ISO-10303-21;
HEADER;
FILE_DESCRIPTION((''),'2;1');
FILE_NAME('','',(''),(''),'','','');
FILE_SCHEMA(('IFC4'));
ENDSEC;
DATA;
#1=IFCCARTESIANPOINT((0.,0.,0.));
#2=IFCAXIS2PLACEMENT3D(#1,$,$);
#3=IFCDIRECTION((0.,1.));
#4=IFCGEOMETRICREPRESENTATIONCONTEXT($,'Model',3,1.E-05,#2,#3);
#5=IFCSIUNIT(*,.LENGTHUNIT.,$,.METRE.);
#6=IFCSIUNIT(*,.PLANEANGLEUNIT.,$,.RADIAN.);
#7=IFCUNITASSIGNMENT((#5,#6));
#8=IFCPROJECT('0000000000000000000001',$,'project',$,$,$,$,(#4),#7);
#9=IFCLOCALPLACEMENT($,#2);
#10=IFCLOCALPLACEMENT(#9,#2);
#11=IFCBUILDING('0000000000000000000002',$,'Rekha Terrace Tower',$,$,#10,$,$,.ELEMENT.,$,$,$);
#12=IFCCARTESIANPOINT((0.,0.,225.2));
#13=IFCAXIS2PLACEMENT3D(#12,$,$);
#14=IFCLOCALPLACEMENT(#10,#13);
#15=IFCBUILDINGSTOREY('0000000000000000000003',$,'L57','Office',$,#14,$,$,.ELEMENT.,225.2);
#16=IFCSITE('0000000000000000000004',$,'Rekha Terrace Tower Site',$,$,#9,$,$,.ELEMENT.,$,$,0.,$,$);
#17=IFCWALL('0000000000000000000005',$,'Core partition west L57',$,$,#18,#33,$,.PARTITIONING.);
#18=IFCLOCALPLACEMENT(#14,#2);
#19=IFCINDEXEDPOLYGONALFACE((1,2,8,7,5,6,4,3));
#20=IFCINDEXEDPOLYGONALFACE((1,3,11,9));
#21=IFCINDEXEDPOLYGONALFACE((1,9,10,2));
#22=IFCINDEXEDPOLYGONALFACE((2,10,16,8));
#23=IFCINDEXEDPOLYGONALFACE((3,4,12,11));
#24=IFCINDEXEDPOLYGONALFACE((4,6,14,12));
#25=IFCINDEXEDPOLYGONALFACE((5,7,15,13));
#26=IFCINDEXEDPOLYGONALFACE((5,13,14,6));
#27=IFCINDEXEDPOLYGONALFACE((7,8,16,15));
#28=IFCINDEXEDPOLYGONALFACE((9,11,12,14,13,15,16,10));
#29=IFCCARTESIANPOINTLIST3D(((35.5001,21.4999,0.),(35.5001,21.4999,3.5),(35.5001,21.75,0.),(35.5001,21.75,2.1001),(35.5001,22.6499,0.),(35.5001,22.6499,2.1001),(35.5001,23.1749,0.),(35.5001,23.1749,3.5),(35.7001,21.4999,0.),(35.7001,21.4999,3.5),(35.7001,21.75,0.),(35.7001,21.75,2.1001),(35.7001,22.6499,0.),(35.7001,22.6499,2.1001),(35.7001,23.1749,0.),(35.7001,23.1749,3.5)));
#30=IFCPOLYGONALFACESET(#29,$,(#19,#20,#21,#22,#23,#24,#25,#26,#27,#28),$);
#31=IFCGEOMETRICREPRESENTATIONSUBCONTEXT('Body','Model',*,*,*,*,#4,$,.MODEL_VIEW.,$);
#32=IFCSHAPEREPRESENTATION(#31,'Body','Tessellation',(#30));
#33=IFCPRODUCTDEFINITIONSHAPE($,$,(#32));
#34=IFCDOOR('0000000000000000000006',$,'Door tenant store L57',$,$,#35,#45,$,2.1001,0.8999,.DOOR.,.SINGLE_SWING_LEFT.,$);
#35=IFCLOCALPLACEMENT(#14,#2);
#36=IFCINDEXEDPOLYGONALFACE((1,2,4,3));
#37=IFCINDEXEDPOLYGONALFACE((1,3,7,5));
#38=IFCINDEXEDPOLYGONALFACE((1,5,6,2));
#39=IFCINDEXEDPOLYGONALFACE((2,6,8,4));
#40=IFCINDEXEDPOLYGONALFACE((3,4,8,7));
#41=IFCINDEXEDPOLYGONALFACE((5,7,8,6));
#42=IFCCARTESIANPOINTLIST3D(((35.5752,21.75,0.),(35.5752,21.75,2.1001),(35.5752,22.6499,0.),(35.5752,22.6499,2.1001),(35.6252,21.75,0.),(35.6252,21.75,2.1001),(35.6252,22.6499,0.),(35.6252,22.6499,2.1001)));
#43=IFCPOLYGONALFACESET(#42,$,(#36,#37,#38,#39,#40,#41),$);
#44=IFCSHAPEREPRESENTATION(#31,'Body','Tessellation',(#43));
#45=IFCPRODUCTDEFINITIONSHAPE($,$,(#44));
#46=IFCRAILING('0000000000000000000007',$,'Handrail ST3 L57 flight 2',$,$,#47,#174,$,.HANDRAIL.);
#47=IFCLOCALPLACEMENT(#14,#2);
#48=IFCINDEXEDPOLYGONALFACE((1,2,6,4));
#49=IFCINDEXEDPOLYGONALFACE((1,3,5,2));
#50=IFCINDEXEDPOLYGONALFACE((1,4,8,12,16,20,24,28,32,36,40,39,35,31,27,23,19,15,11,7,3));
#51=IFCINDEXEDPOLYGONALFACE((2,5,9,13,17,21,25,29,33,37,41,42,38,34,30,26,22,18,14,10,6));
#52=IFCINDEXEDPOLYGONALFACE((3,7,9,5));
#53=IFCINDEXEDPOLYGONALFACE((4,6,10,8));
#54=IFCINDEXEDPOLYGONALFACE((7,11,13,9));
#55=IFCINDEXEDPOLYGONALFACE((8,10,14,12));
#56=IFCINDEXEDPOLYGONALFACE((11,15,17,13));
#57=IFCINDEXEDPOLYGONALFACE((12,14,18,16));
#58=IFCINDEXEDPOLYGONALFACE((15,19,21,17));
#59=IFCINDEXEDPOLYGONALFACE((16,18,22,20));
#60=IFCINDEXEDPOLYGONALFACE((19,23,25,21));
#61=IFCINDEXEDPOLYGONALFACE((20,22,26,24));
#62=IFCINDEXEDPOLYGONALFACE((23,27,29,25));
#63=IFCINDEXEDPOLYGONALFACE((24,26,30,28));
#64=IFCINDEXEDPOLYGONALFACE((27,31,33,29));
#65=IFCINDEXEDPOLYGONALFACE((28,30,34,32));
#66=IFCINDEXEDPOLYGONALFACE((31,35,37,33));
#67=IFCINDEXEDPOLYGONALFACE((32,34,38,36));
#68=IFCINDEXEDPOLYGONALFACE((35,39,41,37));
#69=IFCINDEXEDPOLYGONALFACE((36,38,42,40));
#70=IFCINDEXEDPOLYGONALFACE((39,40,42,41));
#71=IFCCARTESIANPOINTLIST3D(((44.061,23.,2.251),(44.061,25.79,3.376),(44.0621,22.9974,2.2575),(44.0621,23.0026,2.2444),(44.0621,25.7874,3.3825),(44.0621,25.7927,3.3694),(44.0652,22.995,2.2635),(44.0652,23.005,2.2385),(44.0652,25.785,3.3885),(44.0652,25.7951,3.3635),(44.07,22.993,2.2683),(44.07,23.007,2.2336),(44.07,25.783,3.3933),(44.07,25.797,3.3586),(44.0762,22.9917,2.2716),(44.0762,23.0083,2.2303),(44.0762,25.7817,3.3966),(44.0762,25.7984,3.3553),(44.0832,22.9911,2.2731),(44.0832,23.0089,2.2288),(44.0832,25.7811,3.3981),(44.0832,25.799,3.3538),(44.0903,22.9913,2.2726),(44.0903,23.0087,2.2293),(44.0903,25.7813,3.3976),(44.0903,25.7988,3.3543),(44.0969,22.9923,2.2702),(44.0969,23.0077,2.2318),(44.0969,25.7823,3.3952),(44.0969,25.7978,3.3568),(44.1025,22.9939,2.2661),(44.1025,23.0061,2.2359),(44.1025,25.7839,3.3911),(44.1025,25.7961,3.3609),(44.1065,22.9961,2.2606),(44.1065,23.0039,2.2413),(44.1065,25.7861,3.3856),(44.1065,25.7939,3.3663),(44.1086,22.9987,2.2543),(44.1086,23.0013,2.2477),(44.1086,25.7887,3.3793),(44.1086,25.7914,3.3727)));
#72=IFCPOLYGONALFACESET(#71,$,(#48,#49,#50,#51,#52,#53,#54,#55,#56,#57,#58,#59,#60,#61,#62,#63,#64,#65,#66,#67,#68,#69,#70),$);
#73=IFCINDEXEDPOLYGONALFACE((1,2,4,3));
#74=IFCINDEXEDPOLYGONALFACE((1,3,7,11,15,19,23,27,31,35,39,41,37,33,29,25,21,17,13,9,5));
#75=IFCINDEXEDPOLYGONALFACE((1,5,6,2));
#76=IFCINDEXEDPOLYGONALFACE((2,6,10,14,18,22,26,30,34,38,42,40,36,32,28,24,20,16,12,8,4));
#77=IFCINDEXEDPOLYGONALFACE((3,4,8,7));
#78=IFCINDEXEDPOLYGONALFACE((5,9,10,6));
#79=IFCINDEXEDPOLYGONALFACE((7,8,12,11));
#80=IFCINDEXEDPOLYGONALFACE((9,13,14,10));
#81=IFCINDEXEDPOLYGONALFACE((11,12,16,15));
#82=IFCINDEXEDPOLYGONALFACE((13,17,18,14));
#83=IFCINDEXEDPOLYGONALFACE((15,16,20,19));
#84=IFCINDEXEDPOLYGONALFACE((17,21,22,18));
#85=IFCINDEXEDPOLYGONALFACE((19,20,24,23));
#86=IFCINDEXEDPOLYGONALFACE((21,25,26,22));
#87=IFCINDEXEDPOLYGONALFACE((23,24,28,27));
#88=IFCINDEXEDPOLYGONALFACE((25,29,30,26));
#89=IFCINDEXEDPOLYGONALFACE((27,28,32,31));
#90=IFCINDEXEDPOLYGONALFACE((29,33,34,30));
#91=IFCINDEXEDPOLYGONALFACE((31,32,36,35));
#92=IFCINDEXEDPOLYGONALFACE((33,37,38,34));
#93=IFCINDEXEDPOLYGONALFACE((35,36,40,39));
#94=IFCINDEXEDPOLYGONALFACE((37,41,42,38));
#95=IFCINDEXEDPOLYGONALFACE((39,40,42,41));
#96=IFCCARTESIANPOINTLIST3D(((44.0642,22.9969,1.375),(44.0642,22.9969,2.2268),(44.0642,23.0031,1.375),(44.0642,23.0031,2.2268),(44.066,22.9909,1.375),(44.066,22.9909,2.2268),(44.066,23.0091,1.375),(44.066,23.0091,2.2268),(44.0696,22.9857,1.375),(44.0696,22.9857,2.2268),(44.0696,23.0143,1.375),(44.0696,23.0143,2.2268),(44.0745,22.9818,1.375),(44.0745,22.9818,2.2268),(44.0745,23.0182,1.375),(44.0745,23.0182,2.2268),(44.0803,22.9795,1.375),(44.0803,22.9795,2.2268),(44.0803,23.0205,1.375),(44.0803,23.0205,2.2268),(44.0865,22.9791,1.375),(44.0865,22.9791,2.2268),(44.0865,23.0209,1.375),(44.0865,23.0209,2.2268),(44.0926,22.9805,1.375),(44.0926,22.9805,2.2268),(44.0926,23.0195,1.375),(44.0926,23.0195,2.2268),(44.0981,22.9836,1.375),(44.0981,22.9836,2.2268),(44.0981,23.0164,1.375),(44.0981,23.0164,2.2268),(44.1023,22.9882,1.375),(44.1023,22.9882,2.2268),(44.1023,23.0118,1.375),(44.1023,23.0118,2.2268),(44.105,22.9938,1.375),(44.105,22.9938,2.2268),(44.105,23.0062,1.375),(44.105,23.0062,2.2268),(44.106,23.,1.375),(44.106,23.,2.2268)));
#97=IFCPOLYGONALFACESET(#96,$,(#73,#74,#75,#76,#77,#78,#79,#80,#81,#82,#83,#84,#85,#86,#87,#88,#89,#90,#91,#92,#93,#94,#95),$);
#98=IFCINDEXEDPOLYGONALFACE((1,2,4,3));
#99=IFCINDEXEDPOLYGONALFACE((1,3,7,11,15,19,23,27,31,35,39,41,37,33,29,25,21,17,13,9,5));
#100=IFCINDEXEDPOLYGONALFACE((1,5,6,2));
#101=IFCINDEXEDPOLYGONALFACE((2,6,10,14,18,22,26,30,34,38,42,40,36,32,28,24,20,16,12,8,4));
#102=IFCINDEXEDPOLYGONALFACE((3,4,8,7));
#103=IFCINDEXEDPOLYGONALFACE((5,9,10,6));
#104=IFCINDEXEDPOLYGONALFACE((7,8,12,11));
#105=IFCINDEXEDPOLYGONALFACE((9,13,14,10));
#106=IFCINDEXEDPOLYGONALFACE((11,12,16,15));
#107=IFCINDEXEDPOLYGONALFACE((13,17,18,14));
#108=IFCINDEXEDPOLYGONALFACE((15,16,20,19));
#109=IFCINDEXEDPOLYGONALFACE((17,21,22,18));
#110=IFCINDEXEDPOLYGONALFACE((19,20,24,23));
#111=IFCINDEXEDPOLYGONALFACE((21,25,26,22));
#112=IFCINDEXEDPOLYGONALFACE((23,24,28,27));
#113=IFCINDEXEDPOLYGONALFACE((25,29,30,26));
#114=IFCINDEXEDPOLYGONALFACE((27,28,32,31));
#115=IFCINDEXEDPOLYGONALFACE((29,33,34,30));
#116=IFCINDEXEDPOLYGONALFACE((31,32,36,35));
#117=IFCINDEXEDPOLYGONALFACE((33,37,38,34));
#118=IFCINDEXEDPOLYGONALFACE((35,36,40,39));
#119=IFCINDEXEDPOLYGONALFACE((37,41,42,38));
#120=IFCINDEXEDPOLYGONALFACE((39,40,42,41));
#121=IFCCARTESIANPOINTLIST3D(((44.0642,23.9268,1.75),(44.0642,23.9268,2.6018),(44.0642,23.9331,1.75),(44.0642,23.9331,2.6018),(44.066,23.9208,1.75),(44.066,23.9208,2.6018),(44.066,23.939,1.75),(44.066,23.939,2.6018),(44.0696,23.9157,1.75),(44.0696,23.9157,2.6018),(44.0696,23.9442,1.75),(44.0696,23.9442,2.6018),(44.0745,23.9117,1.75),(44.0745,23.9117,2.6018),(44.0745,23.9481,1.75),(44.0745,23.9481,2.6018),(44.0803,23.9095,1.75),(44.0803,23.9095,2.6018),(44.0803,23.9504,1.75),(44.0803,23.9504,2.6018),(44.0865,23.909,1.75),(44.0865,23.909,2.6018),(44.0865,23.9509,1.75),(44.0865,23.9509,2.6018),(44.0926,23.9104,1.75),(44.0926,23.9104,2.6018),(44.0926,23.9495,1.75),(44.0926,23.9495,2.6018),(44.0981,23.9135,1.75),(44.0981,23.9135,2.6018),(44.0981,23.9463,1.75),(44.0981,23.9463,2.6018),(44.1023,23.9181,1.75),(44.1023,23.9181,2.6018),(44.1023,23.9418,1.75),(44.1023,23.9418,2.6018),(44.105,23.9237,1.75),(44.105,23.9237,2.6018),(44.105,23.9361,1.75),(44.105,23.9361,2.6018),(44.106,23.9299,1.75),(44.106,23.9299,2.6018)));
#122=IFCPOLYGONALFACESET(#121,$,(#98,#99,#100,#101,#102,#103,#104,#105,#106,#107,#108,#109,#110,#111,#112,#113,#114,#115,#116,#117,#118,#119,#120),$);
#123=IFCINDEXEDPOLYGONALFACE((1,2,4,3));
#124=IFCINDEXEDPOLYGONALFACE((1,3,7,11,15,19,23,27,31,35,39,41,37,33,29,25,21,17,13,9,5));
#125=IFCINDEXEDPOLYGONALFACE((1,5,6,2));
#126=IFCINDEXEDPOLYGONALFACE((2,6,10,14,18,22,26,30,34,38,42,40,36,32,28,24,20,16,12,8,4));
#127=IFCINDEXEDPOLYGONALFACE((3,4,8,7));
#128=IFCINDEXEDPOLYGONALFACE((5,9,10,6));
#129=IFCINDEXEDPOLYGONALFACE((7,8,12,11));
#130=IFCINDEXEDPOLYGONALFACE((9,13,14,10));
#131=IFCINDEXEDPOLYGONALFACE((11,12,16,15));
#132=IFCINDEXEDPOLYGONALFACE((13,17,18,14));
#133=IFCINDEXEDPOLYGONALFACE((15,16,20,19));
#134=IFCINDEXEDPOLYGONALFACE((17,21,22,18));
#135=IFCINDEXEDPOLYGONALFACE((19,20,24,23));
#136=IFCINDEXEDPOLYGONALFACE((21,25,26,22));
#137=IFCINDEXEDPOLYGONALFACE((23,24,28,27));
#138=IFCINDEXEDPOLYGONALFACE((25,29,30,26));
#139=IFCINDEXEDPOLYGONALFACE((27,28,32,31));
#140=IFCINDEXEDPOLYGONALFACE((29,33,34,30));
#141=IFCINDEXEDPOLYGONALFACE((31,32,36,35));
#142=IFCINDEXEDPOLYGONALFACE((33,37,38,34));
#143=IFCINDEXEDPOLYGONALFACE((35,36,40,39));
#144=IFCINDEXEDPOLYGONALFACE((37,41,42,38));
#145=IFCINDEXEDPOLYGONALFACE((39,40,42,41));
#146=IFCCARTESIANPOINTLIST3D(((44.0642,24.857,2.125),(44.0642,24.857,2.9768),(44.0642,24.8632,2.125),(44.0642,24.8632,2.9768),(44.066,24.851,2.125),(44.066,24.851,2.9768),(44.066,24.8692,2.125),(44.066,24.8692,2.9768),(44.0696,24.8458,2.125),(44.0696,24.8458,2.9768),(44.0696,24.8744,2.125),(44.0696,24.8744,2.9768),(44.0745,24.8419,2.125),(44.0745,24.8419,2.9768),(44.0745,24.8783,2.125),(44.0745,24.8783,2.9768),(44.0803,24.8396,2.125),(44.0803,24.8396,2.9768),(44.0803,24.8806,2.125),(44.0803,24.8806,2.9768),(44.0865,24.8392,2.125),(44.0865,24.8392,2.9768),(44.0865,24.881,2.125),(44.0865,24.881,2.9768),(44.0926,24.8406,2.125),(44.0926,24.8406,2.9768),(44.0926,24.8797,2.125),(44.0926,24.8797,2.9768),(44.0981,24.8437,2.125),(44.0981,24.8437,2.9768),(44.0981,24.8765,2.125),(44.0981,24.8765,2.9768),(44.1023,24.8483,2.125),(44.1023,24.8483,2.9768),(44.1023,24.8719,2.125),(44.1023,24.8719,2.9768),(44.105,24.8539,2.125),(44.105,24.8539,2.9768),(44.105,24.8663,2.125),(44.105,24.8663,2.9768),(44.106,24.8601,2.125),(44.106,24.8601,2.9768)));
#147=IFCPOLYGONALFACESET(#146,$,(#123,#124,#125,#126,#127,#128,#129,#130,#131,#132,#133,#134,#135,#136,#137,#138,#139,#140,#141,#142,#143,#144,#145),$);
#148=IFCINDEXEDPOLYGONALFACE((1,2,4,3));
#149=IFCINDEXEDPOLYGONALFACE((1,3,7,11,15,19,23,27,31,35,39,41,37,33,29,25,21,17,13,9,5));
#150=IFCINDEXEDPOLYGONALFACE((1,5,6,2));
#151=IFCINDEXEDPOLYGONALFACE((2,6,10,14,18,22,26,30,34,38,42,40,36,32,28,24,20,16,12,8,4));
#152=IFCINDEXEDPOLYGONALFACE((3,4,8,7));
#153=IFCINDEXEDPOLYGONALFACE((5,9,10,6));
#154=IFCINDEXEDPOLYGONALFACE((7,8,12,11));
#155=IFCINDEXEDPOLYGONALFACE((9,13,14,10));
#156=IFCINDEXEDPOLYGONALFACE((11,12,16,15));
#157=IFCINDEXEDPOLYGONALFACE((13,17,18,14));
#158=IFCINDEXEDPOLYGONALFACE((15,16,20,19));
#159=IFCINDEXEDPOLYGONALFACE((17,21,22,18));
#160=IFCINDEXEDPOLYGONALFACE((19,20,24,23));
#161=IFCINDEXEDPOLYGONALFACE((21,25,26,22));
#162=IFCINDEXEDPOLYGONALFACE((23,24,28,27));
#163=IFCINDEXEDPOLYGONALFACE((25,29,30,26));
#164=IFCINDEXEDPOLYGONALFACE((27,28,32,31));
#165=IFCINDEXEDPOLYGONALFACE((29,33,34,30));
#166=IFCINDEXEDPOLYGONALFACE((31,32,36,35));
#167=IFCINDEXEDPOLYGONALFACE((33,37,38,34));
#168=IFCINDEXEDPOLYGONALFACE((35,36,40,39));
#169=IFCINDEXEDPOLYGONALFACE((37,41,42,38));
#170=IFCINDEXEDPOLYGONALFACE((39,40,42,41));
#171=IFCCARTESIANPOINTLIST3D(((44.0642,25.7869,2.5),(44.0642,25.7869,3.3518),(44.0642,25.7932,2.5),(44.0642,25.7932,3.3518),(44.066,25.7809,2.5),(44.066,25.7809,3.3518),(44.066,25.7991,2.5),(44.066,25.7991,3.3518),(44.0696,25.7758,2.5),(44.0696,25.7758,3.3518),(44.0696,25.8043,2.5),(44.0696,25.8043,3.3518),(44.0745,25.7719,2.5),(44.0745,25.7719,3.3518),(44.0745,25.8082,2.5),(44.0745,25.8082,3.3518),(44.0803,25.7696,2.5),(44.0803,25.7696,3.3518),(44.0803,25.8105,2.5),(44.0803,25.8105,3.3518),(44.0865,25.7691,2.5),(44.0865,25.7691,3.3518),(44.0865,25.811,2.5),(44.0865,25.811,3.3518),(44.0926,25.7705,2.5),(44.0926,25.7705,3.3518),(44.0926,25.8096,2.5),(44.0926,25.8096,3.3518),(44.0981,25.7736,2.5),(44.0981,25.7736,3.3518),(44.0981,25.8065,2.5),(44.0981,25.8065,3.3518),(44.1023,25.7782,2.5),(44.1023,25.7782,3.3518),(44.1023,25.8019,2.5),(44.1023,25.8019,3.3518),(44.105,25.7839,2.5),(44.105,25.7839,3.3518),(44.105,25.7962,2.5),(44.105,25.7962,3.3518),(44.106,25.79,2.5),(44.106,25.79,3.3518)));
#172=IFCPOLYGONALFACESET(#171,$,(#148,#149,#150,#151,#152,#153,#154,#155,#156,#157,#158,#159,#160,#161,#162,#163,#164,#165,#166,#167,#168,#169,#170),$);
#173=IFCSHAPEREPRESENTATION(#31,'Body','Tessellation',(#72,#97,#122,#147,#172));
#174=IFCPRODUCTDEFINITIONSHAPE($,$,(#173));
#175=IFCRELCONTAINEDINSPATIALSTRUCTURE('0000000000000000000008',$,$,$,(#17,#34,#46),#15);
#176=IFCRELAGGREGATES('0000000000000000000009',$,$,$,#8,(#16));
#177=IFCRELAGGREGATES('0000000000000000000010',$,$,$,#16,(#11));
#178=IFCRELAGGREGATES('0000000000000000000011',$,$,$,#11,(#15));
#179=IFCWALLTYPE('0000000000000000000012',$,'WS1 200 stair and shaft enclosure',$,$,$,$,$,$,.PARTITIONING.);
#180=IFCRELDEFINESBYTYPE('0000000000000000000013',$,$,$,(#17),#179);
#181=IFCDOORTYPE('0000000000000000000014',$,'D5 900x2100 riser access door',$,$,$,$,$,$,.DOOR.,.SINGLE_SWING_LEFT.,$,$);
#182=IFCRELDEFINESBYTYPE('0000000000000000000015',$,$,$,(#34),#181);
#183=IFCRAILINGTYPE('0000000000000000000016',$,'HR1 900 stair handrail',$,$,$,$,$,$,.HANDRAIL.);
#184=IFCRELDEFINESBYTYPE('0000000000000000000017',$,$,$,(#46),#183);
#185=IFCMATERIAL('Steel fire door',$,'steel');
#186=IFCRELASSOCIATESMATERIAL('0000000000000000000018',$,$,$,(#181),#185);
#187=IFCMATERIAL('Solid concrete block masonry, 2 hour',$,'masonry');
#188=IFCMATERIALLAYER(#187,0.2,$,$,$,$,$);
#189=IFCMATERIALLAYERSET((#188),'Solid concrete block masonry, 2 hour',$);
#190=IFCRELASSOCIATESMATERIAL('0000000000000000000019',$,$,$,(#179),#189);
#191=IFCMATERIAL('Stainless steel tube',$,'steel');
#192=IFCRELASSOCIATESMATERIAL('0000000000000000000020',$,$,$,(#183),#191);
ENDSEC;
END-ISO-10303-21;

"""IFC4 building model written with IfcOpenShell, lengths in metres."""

from ifc_helpers import new_model, si_unit, direction, frame, frame_2d, origin, origin_2d, place, context, subcontext, project, spatial, rectangle, circle, extrude, material, layer, layer_set, type_object, element, fill, save


model = new_model("IFC4")

# Units and contexts
model_context = context("Model", 3, precision=1e-05, world=origin(), true_north=direction((0.0, 1.0)))
body_context = subcontext(model_context, "Body", "Model", "MODEL_VIEW")
ifc_project = project(units=[si_unit("LENGTHUNIT", "METRE"), si_unit("PLANEANGLEUNIT", "RADIAN")], contexts=[model_context])

# Site, building, storey
site_placement = place(None, origin())
site = spatial("IfcSite", under=ifc_project, at=site_placement, Name="Rekha Terrace Tower Site", CompositionType="ELEMENT", RefElevation=0.0)
building_placement = place(site_placement, origin())
building = spatial("IfcBuilding", under=site, at=building_placement, Name="Rekha Terrace Tower", CompositionType="ELEMENT")
storey_placement = place(building_placement, frame((0.0, 0.0, 225.2)))
storey = spatial("IfcBuildingStorey", under=building, at=storey_placement, Name="L57", Description="Office", CompositionType="ELEMENT", Elevation=225.2)

# Shared definitions
ifc_material_1 = material(Name="Steel fire door", Category="steel")
door_type_1 = type_object("IfcDoorType", Name="D5 900x2100 riser access door", OperationType="SINGLE_SWING_LEFT", PredefinedType="DOOR", material=ifc_material_1)

# Wall, opening, door
ifc_material_2 = material(Name="Solid concrete block masonry, 2 hour", Category="masonry")
ifc_layer_1 = layer(ifc_material_2, 0.2)
ifc_layer_set_1 = layer_set([ifc_layer_1], Name="Solid concrete block masonry, 2 hour")
wall_type_1 = type_object("IfcWallType", Name="WS1 200 stair and shaft enclosure", PredefinedType="PARTITIONING", material=ifc_layer_set_1)
wall_1_placement = place(storey_placement, frame((35.6001, 21.5, 0.0), z_axis=(0.0, 0.0, 1.0), x_axis=(0.0, 1.0, 0.0)))
wall_1 = element("IfcWall", 1, at=wall_1_placement, inside=storey, type_object=wall_type_1, Name="Core partition west L57", PredefinedType="PARTITIONING", context=body_context, shape_type="SweptSolid", body=[
    extrude(rectangle(XDim=1.675, YDim=0.2, at=frame_2d((0.8374, 0.0))), origin(), (0.0, 0.0, 1.0), 3.5),
])
opening_1_placement = place(wall_1_placement, frame((0.25, 0.0, 0.0)))
opening_1 = element("IfcOpeningElement", 2, at=opening_1_placement, cuts=wall_1, PredefinedType="OPENING", context=body_context, shape_type="SweptSolid", body=[
    extrude(rectangle(XDim=0.8999, YDim=2.1001, at=frame_2d((0.45, 1.05))), frame((0.0, 0.1099, 0.0), z_axis=(0.0, -1.0, 0.0), x_axis=(1.0, 0.0, 0.0)), (0.0, 0.0, 1.0), 0.22),
])
door_1_placement = place(opening_1_placement, origin())
door_1 = element("IfcDoor", 3, at=door_1_placement, inside=storey, type_object=door_type_1, Name="Door tenant store L57", OperationType="SINGLE_SWING_LEFT", OverallHeight=2.1001, OverallWidth=0.8999, PredefinedType="DOOR", context=body_context, shape_type="SweptSolid", body=[
    extrude(rectangle(XDim=0.8999, YDim=2.1001, at=frame_2d((0.45, 1.05))), frame((0.0, 0.0249, 0.0), z_axis=(0.0, -1.0, 0.0), x_axis=(1.0, 0.0, 0.0)), (0.0, 0.0, 1.0), 0.05),
])
fill(opening_1, door_1)

# Railing
ifc_material_3 = material(Name="Stainless steel tube", Category="steel")
railing_type = type_object("IfcRailingType", Name="HR1 900 stair handrail", PredefinedType="HANDRAIL", material=ifc_material_3)
railing_placement = place(storey_placement, frame((44.085, 23.0, 1.375)))
element("IfcRailing", 4, at=railing_placement, inside=storey, type_object=railing_type, Name="Handrail ST3 L57 flight 2", PredefinedType="HANDRAIL", context=body_context, shape_type="SweptSolid", body=[
    extrude(circle(Radius=0.0239, at=origin_2d()), frame((0.0, 0.0, 0.876), z_axis=(0.0, 0.927443, 0.373964), x_axis=(-1.0, 0.0, 0.0)), (0.0, 0.0, 1.0), 3.0083),
    extrude(circle(Radius=0.021, at=origin_2d()), origin(), (0.0, 0.0, 1.0), 0.8518),
    extrude(circle(Radius=0.021, at=origin_2d()), frame((0.0, 0.9299, 0.375)), (0.0, 0.0, 1.0), 0.8518),
    extrude(circle(Radius=0.021, at=origin_2d()), frame((0.0, 1.8601, 0.75)), (0.0, 0.0, 1.0), 0.8518),
    extrude(circle(Radius=0.021, at=origin_2d()), frame((0.0, 2.79, 1.125)), (0.0, 0.0, 1.0), 0.8518),
])

save(model, "model.ifc")
